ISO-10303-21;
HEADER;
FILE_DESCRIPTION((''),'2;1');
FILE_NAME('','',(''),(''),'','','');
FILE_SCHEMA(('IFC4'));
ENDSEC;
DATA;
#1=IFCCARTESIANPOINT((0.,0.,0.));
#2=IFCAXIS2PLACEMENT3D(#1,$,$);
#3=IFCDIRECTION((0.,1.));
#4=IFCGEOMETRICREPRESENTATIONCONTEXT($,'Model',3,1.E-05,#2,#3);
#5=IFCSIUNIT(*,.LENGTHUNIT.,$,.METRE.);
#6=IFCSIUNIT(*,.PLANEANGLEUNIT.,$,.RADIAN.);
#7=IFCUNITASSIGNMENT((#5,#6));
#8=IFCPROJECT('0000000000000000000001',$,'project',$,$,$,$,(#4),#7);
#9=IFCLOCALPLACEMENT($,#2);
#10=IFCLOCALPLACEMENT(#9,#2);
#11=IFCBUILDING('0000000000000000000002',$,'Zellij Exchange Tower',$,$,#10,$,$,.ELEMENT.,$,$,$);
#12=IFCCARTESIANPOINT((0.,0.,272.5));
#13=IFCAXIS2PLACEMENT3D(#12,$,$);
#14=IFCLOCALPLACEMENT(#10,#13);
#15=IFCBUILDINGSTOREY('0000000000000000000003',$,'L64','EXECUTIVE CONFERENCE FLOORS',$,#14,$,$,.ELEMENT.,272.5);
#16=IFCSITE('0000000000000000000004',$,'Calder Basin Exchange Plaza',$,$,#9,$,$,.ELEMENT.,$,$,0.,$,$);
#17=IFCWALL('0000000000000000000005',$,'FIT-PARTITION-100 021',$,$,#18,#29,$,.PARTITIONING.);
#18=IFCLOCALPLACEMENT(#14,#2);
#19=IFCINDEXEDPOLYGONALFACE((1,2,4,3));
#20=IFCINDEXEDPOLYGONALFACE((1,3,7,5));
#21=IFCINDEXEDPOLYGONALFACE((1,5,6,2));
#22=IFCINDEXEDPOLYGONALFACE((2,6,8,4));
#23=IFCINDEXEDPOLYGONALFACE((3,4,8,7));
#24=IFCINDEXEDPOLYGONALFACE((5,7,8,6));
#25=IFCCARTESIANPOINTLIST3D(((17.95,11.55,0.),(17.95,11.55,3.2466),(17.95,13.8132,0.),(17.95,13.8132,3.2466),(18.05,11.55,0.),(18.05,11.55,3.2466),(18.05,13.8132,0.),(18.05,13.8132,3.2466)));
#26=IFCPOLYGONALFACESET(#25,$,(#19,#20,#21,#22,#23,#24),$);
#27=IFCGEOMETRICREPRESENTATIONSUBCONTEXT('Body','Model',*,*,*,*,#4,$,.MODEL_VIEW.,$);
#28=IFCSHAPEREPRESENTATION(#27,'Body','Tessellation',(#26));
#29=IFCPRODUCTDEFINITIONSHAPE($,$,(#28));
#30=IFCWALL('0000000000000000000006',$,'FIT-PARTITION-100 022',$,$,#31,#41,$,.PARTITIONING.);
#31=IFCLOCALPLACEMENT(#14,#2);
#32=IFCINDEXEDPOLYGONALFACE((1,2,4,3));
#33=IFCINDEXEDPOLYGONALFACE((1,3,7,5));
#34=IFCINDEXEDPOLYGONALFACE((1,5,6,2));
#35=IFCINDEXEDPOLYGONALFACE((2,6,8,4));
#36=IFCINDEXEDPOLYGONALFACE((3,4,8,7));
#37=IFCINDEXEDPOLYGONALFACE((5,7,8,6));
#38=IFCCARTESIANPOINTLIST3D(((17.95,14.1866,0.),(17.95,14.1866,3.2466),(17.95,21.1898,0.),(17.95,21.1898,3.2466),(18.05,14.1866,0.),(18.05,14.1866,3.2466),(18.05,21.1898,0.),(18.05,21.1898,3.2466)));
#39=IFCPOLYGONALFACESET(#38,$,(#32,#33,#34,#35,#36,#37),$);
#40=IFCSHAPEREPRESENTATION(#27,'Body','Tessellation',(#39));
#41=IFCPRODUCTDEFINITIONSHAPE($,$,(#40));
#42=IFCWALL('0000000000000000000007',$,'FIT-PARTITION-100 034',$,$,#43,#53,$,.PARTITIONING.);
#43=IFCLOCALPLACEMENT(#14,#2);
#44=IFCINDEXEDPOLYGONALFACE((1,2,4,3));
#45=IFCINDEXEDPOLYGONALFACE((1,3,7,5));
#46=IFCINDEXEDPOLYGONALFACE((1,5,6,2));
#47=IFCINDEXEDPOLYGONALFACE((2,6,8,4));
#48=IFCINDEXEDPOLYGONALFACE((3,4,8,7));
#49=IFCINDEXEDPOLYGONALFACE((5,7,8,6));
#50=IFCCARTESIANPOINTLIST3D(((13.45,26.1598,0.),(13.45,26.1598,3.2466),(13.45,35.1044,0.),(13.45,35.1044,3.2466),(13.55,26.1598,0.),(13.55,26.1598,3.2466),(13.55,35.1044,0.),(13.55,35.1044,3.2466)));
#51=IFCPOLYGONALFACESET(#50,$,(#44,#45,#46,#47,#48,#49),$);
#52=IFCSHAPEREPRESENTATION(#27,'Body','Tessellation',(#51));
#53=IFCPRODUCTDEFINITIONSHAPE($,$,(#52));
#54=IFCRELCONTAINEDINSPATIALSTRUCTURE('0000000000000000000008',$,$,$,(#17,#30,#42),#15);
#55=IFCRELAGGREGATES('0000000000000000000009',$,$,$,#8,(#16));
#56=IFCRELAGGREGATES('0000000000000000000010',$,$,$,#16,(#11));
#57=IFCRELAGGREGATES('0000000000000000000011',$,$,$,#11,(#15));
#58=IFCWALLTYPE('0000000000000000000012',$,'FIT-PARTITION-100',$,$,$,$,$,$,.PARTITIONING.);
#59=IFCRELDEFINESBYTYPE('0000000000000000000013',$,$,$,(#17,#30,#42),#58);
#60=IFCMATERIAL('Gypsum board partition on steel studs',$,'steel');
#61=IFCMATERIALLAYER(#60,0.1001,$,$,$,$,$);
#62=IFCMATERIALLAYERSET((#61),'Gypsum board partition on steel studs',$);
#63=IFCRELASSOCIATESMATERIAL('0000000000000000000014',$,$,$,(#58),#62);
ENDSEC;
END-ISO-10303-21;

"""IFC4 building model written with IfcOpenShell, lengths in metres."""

from ifc_helpers import new_model, si_unit, direction, frame, frame_2d, origin, place, context, subcontext, project, spatial, rectangle, extrude, material, layer, layer_set, type_object, element, save


model = new_model("IFC4")

# Units and contexts
model_context = context("Model", 3, precision=1e-05, world=origin(), true_north=direction((0.0, 1.0)))
body_context = subcontext(model_context, "Body", "Model", "MODEL_VIEW")
ifc_project = project(units=[si_unit("LENGTHUNIT", "METRE"), si_unit("PLANEANGLEUNIT", "RADIAN")], contexts=[model_context])

# Site, building, storey
site_placement = place(None, origin())
site = spatial("IfcSite", under=ifc_project, at=site_placement, Name="Calder Basin Exchange Plaza", CompositionType="ELEMENT", RefElevation=0.0)
building_placement = place(site_placement, origin())
building = spatial("IfcBuilding", under=site, at=building_placement, Name="Zellij Exchange Tower", CompositionType="ELEMENT")
storey_placement = place(building_placement, frame((0.0, 0.0, 272.5)))
storey = spatial("IfcBuildingStorey", under=building, at=storey_placement, Name="L64", Description="EXECUTIVE CONFERENCE FLOORS", CompositionType="ELEMENT", Elevation=272.5)

# Shared definitions
ifc_material_1 = material(Name="Gypsum board partition on steel studs", Category="steel")
ifc_layer = layer(ifc_material_1, 0.1001)
ifc_layer_set = layer_set([ifc_layer], Name="Gypsum board partition on steel studs")
wall_type = type_object("IfcWallType", Name="FIT-PARTITION-100", PredefinedType="PARTITIONING", material=ifc_layer_set)

# Walls
wall_1_placement = place(storey_placement, frame((18.0, 11.55, 0.0), z_axis=(0.0, 0.0, 1.0), x_axis=(0.0, 1.0, 0.0)))
element("IfcWall", 1, at=wall_1_placement, inside=storey, type_object=wall_type, Name="FIT-PARTITION-100 021", PredefinedType="PARTITIONING", context=body_context, shape_type="SweptSolid", body=[
    extrude(rectangle(XDim=2.2632, YDim=0.1001, at=frame_2d((1.1316, 0.0))), origin(), (0.0, 0.0, 1.0), 3.2466),
])
wall_2_placement = place(storey_placement, frame((18.0, 14.1868, 0.0), z_axis=(0.0, 0.0, 1.0), x_axis=(0.0, 1.0, 0.0)))
element("IfcWall", 2, at=wall_2_placement, inside=storey, type_object=wall_type, Name="FIT-PARTITION-100 022", PredefinedType="PARTITIONING", context=body_context, shape_type="SweptSolid", body=[
    extrude(rectangle(XDim=7.0032, YDim=0.1001, at=frame_2d((3.5015, 0.0))), origin(), (0.0, 0.0, 1.0), 3.2466),
])
wall_3_placement = place(storey_placement, frame((13.5, 26.1599, 0.0), z_axis=(0.0, 0.0, 1.0), x_axis=(0.0, 1.0, 0.0)))
element("IfcWall", 3, at=wall_3_placement, inside=storey, type_object=wall_type, Name="FIT-PARTITION-100 034", PredefinedType="PARTITIONING", context=body_context, shape_type="SweptSolid", body=[
    extrude(rectangle(XDim=8.9446, YDim=0.1001, at=frame_2d((4.4722, 0.0))), origin(), (0.0, 0.0, 1.0), 3.2466),
])

save(model, "model.ifc")
